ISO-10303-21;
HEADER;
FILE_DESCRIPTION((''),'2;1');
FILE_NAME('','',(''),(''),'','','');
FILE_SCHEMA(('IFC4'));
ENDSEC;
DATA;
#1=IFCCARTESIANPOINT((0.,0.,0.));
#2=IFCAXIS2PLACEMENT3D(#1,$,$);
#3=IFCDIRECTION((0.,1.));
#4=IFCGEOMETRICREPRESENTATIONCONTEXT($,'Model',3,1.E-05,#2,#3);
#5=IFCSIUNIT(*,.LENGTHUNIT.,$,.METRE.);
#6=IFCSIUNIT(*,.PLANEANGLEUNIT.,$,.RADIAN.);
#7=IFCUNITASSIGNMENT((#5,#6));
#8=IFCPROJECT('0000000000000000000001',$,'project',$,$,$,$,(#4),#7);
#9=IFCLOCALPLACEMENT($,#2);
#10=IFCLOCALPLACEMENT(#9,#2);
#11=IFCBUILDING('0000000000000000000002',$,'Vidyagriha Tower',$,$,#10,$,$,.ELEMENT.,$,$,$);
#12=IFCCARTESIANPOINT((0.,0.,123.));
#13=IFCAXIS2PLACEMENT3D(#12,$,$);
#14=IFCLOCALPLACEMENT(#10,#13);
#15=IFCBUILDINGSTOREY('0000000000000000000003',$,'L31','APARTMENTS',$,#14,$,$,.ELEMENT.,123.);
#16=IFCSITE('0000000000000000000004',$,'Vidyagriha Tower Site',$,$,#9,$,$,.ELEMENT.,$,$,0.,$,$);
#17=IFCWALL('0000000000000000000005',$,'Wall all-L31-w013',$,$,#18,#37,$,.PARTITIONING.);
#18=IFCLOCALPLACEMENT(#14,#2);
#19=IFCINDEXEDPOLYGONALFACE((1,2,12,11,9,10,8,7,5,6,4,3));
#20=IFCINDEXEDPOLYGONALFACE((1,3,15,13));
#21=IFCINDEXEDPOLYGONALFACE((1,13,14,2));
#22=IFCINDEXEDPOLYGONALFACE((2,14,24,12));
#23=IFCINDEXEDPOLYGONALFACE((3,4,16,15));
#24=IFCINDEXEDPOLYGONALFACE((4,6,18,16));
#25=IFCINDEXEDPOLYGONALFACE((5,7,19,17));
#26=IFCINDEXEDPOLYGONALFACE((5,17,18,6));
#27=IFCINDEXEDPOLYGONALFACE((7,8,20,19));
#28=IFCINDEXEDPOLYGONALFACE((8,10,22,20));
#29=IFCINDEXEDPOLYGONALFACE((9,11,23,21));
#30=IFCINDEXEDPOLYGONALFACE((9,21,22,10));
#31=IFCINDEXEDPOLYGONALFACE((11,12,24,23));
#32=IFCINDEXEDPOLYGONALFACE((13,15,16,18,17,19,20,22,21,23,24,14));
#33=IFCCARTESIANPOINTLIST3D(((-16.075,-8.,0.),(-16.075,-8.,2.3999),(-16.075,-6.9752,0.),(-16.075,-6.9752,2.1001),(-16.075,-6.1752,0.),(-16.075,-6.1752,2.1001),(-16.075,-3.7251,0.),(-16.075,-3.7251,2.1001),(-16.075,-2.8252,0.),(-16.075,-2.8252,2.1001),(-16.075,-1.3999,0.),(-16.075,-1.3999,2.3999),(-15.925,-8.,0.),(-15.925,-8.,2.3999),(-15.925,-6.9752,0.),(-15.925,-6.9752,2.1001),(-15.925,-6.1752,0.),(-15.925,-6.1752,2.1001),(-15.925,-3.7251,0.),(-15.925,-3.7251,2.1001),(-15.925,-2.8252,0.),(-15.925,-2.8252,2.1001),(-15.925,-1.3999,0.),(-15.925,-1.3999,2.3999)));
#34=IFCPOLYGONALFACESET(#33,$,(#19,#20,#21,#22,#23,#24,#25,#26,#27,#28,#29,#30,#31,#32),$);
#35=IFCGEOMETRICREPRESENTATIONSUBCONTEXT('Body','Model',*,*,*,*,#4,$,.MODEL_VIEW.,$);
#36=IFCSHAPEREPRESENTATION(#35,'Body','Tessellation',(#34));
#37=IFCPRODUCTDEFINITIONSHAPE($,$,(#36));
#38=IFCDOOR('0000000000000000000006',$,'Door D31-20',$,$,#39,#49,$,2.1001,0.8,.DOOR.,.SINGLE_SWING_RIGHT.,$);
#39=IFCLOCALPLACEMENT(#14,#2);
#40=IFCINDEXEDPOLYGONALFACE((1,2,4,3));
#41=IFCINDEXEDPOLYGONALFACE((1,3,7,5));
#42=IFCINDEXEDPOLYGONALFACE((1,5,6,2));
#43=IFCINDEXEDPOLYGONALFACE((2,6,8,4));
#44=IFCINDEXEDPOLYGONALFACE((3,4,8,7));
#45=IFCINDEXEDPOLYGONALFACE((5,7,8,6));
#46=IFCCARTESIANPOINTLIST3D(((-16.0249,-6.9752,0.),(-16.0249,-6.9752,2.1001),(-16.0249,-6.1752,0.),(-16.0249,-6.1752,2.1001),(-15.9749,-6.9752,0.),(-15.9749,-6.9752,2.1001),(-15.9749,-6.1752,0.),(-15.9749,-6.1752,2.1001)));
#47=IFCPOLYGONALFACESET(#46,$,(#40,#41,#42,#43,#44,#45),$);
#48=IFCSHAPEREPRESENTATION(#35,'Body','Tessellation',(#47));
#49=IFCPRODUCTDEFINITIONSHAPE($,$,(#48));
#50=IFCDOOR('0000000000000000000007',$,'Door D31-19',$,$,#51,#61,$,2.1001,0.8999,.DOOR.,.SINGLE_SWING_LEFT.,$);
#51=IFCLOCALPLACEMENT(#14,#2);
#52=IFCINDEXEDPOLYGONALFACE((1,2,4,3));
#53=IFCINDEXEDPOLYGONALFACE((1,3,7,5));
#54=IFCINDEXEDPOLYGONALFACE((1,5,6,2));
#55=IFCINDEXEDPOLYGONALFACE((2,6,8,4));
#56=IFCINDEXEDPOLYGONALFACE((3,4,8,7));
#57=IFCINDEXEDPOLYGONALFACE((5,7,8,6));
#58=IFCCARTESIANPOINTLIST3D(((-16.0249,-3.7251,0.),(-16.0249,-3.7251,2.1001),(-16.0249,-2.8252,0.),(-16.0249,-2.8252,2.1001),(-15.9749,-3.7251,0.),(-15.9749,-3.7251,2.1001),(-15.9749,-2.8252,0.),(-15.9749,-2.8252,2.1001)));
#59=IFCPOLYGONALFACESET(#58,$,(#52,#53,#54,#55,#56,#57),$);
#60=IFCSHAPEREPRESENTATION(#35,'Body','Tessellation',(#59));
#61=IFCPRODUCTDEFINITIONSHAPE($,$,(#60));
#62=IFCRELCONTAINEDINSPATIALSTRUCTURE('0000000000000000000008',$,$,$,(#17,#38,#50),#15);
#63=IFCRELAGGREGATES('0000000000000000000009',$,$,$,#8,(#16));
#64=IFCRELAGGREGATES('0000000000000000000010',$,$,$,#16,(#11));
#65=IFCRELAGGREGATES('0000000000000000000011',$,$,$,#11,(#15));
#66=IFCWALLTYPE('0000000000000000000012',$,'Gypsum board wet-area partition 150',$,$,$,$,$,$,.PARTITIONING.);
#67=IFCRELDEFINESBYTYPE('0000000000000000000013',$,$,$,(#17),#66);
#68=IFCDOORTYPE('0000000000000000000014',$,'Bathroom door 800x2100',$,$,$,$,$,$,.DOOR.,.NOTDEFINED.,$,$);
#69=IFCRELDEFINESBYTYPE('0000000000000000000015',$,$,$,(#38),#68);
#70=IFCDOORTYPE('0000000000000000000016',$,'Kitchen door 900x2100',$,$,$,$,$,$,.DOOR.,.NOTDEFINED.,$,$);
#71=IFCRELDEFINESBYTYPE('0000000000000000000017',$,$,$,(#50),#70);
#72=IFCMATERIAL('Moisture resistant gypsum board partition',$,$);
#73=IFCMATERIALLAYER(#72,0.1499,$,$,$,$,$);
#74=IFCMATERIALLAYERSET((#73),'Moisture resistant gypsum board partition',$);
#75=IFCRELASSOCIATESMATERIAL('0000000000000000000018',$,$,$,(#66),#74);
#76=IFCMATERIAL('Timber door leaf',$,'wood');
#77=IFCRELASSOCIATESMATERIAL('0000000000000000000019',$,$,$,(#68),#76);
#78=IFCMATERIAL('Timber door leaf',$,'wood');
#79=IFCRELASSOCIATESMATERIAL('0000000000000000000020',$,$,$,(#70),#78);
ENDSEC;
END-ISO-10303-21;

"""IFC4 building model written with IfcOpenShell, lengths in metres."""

from ifc_helpers import new_model, si_unit, direction, frame, frame_2d, origin, place, context, subcontext, project, spatial, rectangle, extrude, material, layer, layer_set, type_object, element, fill, save


model = new_model("IFC4")

# Units and contexts
model_context = context("Model", 3, precision=1e-05, world=origin(), true_north=direction((0.0, 1.0)))
body_context = subcontext(model_context, "Body", "Model", "MODEL_VIEW")
ifc_project = project(units=[si_unit("LENGTHUNIT", "METRE"), si_unit("PLANEANGLEUNIT", "RADIAN")], contexts=[model_context])

# Site, building, storey
site_placement = place(None, origin())
site = spatial("IfcSite", under=ifc_project, at=site_placement, Name="Vidyagriha Tower Site", CompositionType="ELEMENT", RefElevation=0.0)
building_placement = place(site_placement, origin())
building = spatial("IfcBuilding", under=site, at=building_placement, Name="Vidyagriha Tower", CompositionType="ELEMENT")
storey_placement = place(building_placement, frame((0.0, 0.0, 123.0)))
storey = spatial("IfcBuildingStorey", under=building, at=storey_placement, Name="L31", Description="APARTMENTS", CompositionType="ELEMENT", Elevation=123.0)

# Wall, openings, doors
ifc_material_1 = material(Name="Moisture resistant gypsum board partition")
ifc_layer_1 = layer(ifc_material_1, 0.1499)
ifc_layer_set_1 = layer_set([ifc_layer_1], Name="Moisture resistant gypsum board partition")
wall_type_1 = type_object("IfcWallType", Name="Gypsum board wet-area partition 150", PredefinedType="PARTITIONING", material=ifc_layer_set_1)
wall_1_placement = place(storey_placement, frame((-16.0, -8.0, 0.0), z_axis=(0.0, 0.0, 1.0), x_axis=(0.0, 1.0, 0.0)))
wall_1 = element("IfcWall", 1, at=wall_1_placement, inside=storey, type_object=wall_type_1, Name="Wall all-L31-w013", PredefinedType="PARTITIONING", context=body_context, shape_type="SweptSolid", body=[
    extrude(rectangle(XDim=6.6001, YDim=0.1499, at=frame_2d((3.3, 0.0))), origin(), (0.0, 0.0, 1.0), 2.3999),
])
opening_1_placement = place(wall_1_placement, frame((4.2749, 0.0, 0.0)))
opening_1 = element("IfcOpeningElement", 2, at=opening_1_placement, cuts=wall_1, PredefinedType="OPENING", context=body_context, shape_type="SweptSolid", body=[
    extrude(rectangle(XDim=0.8999, YDim=2.1001, at=frame_2d((0.45, 1.05))), frame((0.0, 0.085, 0.0), z_axis=(0.0, -1.0, 0.0), x_axis=(1.0, 0.0, 0.0)), (0.0, 0.0, 1.0), 0.1699),
])
opening_2_placement = place(wall_1_placement, frame((1.0249, 0.0, 0.0)))
opening_2 = element("IfcOpeningElement", 3, at=opening_2_placement, cuts=wall_1, PredefinedType="OPENING", context=body_context, shape_type="SweptSolid", body=[
    extrude(rectangle(XDim=0.8, YDim=2.1001, at=frame_2d((0.3999, 1.05))), frame((0.0, 0.085, 0.0), z_axis=(0.0, -1.0, 0.0), x_axis=(1.0, 0.0, 0.0)), (0.0, 0.0, 1.0), 0.1699),
])
ifc_material_2 = material(Name="Timber door leaf", Category="wood")
door_type_1 = type_object("IfcDoorType", Name="Bathroom door 800x2100", OperationType="NOTDEFINED", PredefinedType="DOOR", material=ifc_material_2)
door_1_placement = place(opening_2_placement, origin())
door_1 = element("IfcDoor", 4, at=door_1_placement, inside=storey, type_object=door_type_1, Name="Door D31-20", OperationType="SINGLE_SWING_RIGHT", OverallHeight=2.1001, OverallWidth=0.8, PredefinedType="DOOR", context=body_context, shape_type="SweptSolid", body=[
    extrude(rectangle(XDim=0.8, YDim=2.1001, at=frame_2d((0.3999, 1.05))), frame((0.0, 0.0249, 0.0), z_axis=(0.0, -1.0, 0.0), x_axis=(1.0, 0.0, 0.0)), (0.0, 0.0, 1.0), 0.05),
])
fill(opening_2, door_1)
ifc_material_3 = material(Name="Timber door leaf", Category="wood")
door_type_2 = type_object("IfcDoorType", Name="Kitchen door 900x2100", OperationType="NOTDEFINED", PredefinedType="DOOR", material=ifc_material_3)
door_2_placement = place(opening_1_placement, origin())
door_2 = element("IfcDoor", 5, at=door_2_placement, inside=storey, type_object=door_type_2, Name="Door D31-19", OperationType="SINGLE_SWING_LEFT", OverallHeight=2.1001, OverallWidth=0.8999, PredefinedType="DOOR", context=body_context, shape_type="SweptSolid", body=[
    extrude(rectangle(XDim=0.8999, YDim=2.1001, at=frame_2d((0.45, 1.05))), frame((0.0, 0.0249, 0.0), z_axis=(0.0, -1.0, 0.0), x_axis=(1.0, 0.0, 0.0)), (0.0, 0.0, 1.0), 0.05),
])
fill(opening_1, door_2)

save(model, "model.ifc")
